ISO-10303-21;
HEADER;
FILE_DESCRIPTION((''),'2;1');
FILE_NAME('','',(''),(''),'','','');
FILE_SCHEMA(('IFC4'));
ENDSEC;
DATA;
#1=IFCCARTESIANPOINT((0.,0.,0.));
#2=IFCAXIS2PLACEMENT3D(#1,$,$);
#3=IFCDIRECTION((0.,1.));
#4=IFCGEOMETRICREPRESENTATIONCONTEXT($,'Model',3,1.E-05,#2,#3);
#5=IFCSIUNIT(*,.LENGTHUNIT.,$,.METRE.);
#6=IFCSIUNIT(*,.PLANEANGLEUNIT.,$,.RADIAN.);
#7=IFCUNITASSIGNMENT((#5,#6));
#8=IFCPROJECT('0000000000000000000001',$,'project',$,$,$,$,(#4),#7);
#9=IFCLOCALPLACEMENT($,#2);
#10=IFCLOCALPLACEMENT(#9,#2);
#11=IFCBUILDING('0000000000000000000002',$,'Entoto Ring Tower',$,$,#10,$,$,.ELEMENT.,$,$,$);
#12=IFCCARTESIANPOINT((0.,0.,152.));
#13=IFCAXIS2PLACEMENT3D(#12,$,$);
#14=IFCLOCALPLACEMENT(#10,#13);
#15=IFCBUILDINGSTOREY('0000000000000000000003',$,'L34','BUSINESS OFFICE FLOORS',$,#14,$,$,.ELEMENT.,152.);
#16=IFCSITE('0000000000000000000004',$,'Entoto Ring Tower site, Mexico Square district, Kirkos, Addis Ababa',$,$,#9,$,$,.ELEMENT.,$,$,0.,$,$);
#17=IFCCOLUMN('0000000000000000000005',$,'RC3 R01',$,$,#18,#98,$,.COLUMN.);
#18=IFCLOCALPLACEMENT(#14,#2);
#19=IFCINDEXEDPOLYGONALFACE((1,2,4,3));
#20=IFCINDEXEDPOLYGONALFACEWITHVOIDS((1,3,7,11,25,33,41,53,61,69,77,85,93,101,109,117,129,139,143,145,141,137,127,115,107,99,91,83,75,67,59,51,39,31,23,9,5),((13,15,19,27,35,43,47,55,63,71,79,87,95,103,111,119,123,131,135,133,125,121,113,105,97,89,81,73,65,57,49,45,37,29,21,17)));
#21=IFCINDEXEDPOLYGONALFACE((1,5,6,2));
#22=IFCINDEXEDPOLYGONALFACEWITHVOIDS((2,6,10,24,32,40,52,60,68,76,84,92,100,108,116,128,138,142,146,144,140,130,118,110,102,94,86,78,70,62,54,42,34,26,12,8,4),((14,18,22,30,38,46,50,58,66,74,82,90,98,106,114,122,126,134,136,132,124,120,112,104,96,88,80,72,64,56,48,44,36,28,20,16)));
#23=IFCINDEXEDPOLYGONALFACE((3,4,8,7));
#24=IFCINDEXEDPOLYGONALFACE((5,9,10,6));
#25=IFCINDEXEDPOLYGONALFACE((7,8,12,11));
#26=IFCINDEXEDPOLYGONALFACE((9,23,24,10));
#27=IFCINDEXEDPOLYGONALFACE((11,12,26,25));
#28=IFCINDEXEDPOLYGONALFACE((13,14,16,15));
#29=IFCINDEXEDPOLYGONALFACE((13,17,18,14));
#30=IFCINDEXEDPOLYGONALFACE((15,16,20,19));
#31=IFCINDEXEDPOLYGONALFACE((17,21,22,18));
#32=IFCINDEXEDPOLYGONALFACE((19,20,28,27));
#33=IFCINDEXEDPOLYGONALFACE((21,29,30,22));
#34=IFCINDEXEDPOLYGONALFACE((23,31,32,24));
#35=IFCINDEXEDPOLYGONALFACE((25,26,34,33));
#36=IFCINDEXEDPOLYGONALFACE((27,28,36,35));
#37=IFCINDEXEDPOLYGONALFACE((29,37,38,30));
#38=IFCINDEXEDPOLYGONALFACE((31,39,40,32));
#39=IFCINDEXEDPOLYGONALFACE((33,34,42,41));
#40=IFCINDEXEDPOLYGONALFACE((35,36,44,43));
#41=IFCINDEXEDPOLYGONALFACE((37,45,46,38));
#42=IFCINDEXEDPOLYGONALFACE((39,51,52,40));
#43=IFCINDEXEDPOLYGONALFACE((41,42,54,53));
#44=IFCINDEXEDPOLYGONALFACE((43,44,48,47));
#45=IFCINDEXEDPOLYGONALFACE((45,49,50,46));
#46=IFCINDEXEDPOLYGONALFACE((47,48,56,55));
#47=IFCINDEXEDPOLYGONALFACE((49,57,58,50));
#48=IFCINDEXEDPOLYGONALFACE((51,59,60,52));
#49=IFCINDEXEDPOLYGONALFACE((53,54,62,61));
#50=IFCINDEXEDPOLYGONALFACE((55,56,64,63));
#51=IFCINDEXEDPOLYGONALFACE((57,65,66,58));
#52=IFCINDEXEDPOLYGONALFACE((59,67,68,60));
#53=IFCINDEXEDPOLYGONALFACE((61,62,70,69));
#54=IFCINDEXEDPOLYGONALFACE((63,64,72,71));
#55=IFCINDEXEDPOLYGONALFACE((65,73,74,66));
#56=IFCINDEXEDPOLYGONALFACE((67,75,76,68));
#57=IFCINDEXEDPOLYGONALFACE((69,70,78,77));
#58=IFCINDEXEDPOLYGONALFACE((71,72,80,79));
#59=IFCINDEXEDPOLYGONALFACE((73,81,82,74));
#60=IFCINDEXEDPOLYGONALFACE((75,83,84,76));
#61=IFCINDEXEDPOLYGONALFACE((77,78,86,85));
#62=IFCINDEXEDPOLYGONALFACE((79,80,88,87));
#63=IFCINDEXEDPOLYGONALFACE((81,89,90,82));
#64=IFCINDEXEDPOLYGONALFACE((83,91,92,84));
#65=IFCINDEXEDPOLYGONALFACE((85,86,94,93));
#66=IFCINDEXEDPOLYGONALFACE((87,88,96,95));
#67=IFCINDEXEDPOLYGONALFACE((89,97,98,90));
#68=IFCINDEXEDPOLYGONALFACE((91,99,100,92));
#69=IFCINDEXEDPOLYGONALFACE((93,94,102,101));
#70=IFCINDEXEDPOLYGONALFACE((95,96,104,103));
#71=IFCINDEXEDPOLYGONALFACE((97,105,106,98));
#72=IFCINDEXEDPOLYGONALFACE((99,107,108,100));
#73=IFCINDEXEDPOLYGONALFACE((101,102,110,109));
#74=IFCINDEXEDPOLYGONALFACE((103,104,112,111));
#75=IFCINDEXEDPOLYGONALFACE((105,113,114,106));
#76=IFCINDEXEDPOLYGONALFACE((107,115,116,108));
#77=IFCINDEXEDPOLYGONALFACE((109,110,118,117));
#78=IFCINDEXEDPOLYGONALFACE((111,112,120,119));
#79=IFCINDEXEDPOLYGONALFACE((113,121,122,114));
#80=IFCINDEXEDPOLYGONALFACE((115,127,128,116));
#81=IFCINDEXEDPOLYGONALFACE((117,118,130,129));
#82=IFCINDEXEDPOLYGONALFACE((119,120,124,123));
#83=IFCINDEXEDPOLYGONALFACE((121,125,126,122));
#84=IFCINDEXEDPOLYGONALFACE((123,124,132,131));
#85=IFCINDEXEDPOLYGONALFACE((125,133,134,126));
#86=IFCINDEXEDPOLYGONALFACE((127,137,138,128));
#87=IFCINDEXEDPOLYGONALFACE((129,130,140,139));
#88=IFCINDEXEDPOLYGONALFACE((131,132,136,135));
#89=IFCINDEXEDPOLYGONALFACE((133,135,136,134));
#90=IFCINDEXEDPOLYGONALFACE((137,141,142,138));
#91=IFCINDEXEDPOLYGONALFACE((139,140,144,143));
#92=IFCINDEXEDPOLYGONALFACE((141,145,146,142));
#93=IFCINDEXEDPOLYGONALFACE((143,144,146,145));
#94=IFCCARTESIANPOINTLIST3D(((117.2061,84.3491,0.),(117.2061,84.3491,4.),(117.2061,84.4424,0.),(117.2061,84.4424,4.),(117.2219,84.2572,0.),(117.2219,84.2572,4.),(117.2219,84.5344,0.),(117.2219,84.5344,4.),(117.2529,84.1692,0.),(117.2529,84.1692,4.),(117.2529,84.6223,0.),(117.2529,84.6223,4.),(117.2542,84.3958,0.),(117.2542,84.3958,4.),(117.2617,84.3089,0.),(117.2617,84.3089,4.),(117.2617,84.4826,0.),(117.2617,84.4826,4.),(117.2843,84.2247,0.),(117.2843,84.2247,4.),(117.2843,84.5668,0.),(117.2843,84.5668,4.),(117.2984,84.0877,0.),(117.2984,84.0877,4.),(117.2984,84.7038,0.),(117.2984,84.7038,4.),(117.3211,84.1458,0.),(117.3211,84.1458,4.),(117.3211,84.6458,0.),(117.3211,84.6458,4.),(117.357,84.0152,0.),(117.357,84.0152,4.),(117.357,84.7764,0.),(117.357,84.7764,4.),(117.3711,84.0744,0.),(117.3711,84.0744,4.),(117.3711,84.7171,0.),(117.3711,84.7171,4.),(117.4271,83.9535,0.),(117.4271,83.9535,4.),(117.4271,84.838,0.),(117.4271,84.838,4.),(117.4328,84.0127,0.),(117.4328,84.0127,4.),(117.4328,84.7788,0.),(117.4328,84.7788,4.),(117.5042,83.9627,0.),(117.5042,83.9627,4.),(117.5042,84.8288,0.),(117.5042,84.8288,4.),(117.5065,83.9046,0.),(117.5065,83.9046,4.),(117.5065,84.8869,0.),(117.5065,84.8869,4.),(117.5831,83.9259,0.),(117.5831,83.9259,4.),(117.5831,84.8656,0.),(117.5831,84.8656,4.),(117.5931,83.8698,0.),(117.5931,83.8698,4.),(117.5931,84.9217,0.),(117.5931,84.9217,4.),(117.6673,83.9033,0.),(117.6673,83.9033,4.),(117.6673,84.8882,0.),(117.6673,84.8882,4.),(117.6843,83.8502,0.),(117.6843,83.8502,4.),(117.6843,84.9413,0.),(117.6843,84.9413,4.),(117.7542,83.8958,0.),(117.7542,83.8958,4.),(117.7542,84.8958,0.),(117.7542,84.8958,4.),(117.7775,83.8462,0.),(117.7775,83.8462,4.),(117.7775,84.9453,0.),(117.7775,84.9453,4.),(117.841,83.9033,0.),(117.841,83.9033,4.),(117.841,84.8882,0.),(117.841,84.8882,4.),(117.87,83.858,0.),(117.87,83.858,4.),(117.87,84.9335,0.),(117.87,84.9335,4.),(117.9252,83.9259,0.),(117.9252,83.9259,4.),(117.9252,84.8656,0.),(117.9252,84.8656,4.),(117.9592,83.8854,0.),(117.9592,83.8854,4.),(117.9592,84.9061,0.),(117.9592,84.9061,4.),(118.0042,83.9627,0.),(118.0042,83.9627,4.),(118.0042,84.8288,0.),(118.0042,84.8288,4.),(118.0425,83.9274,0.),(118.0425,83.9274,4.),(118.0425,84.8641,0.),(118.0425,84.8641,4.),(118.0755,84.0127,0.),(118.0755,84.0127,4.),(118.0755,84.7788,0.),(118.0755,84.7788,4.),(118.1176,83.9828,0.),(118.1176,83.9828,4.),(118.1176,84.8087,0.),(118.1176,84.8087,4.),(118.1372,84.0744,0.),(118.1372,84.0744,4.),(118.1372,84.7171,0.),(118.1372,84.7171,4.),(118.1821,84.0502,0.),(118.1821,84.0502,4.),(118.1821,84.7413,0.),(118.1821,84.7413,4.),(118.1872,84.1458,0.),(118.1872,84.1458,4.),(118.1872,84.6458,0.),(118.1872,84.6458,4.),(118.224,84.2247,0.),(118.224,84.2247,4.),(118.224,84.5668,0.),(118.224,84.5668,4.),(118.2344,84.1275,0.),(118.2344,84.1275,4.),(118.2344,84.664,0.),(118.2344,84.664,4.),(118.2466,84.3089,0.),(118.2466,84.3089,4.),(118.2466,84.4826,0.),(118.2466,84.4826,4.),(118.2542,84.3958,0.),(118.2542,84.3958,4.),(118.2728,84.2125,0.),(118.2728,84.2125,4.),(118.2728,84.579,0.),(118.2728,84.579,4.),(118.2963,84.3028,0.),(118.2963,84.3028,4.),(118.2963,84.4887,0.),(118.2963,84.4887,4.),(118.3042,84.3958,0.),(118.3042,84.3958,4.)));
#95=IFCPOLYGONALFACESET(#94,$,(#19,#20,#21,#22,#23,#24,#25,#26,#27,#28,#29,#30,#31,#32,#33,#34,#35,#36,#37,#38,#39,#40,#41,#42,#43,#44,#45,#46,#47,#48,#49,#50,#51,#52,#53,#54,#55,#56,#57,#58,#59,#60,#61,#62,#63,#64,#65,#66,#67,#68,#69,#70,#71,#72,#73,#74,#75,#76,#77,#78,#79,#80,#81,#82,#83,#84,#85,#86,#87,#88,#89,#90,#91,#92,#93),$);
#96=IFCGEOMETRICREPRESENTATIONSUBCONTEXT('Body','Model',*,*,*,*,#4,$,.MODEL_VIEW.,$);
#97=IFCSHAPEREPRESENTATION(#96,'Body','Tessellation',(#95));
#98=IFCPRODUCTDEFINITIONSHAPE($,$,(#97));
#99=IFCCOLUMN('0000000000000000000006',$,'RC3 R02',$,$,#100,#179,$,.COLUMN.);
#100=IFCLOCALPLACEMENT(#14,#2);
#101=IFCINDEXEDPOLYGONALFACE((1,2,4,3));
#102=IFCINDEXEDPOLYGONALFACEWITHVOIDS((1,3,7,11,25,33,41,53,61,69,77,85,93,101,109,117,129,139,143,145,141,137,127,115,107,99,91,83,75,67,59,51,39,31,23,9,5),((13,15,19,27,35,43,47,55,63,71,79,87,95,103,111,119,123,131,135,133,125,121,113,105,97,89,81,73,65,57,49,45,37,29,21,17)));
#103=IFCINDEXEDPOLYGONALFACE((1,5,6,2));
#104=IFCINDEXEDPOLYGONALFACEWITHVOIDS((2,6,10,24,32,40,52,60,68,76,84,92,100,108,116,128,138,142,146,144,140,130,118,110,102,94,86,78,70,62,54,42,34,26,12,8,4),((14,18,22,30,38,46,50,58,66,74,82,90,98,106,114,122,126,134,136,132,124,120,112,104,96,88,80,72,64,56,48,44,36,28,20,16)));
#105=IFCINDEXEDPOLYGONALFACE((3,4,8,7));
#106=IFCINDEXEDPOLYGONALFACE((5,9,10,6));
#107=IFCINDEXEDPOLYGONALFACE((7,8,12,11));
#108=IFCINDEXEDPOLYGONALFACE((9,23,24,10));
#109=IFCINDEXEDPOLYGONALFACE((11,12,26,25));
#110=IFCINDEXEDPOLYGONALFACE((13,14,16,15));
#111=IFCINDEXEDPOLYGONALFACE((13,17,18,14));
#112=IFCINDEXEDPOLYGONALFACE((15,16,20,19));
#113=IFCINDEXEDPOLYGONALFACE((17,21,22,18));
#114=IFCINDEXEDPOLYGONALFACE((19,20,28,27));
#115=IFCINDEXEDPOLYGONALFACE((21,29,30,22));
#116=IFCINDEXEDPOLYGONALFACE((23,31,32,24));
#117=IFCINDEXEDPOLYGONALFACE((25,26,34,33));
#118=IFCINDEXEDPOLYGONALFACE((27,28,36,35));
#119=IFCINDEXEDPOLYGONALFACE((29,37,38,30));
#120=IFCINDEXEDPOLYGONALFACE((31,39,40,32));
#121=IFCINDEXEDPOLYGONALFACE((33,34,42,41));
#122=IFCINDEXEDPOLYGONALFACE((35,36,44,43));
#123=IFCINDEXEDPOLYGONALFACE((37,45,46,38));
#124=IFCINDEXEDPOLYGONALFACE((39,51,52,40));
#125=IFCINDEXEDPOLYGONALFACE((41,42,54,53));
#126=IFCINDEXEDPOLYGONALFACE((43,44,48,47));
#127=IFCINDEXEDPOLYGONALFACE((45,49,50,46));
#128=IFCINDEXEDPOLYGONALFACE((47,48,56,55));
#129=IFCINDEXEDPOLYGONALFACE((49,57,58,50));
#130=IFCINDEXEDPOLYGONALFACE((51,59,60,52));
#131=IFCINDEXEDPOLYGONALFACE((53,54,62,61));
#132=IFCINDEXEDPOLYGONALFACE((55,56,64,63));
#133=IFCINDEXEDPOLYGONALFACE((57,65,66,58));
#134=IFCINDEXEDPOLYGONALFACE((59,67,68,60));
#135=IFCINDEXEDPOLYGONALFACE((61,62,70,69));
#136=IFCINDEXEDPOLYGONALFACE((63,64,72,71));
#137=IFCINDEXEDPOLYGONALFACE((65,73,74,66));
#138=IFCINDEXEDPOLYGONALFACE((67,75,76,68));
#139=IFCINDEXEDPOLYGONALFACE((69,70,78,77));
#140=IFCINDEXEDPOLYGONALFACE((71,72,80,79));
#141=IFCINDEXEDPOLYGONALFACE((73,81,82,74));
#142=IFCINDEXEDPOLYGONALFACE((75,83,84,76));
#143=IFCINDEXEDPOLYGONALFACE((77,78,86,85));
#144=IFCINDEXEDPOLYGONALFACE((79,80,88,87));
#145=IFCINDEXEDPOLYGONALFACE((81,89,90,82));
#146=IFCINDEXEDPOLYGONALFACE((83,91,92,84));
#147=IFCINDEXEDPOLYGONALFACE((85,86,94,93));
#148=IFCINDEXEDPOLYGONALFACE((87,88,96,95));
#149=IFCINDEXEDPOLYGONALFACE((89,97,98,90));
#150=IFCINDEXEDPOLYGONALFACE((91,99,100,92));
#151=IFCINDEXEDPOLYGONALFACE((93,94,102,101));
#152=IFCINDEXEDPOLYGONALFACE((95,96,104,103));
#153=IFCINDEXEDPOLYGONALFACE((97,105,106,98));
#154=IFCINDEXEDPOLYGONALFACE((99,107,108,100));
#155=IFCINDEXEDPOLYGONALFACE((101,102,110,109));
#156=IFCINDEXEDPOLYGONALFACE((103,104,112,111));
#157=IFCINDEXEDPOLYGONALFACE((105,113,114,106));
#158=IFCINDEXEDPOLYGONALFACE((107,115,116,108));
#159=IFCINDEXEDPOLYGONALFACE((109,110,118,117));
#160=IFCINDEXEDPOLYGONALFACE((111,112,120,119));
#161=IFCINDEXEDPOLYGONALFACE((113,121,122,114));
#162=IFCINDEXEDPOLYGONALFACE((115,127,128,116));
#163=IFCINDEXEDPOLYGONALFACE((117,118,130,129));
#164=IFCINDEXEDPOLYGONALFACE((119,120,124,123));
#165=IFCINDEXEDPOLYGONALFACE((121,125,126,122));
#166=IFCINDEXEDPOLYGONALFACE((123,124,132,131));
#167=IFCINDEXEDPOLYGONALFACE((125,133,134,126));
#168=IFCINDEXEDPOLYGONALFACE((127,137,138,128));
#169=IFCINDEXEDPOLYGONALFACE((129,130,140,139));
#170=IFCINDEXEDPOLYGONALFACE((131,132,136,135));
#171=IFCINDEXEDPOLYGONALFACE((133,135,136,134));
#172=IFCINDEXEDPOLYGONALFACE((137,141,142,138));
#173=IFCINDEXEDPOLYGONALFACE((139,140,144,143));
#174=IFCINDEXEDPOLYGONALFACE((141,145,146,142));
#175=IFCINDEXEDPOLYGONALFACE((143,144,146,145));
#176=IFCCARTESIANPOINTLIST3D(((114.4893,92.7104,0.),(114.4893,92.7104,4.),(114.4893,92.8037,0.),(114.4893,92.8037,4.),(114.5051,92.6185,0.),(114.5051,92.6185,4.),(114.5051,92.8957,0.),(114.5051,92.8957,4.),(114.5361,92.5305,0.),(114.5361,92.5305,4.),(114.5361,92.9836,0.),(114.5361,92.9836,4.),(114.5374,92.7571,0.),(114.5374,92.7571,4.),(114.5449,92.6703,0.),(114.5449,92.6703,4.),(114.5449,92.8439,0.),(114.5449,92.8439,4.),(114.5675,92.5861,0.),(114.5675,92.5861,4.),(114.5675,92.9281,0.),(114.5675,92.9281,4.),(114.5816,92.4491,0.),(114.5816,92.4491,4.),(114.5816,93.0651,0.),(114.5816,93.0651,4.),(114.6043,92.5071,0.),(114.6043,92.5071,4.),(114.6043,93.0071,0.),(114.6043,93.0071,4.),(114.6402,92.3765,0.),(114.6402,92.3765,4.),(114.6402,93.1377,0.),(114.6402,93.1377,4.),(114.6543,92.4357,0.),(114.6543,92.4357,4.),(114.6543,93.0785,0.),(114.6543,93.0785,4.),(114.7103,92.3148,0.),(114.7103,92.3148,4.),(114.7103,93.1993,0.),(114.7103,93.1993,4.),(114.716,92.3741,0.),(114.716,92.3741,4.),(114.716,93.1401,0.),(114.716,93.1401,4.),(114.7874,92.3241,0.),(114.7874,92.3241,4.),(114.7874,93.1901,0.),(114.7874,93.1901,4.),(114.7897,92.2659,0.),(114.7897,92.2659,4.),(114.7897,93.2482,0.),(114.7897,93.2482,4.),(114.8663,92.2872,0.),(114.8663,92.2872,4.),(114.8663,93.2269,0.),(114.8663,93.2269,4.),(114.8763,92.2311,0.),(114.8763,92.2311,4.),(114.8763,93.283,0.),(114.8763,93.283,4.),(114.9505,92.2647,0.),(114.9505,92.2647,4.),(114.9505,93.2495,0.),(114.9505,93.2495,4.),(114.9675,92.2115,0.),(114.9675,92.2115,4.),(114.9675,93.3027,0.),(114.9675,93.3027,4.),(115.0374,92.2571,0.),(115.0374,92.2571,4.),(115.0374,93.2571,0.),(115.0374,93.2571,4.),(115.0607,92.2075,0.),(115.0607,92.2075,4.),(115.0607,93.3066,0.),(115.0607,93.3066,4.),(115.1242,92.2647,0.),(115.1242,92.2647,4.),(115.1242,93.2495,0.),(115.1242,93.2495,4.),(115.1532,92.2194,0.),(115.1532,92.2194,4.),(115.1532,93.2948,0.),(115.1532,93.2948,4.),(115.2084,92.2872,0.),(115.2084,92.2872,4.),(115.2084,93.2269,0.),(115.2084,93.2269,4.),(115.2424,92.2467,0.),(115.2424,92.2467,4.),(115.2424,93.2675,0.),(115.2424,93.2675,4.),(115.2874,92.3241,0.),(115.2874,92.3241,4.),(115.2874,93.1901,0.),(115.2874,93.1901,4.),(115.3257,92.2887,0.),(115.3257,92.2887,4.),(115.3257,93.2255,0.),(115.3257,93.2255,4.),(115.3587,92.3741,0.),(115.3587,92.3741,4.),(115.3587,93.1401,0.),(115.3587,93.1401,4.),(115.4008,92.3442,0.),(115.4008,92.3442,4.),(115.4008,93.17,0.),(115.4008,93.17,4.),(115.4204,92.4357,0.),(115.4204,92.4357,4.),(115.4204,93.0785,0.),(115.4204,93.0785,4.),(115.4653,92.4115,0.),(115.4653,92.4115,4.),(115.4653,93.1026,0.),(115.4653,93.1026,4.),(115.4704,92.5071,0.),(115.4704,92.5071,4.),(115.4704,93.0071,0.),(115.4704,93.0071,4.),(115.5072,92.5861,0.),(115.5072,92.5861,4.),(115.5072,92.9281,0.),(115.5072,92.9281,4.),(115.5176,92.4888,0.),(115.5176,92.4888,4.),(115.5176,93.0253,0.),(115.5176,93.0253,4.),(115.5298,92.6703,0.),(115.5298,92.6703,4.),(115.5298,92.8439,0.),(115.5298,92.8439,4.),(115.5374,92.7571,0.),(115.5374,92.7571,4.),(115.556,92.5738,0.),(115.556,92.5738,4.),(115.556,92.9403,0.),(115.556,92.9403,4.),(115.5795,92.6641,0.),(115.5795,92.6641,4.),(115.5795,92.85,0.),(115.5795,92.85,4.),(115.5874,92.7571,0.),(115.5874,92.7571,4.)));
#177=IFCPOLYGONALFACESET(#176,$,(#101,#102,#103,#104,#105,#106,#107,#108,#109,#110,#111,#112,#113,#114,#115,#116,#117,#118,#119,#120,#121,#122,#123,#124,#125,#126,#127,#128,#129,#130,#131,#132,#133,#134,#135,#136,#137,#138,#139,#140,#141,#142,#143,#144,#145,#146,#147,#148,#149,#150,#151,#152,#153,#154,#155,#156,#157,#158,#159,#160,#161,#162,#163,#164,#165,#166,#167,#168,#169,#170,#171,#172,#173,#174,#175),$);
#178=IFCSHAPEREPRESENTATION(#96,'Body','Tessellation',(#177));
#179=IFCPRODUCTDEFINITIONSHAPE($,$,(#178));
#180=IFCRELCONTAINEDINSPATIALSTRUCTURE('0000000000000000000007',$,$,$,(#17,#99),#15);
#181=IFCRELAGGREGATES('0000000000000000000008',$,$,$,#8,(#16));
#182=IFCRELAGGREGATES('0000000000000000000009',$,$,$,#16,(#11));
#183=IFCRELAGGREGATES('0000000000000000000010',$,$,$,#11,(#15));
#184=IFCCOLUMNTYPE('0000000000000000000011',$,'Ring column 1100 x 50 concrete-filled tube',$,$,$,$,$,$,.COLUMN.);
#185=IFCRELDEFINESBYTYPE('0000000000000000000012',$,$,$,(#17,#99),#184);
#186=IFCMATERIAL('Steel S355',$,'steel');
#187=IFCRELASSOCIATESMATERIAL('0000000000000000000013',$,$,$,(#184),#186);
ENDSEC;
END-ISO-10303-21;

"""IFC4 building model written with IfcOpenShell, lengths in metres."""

from ifc_helpers import new_model, si_unit, direction, frame, origin, origin_2d, place, context, subcontext, project, spatial, circle, hollow_circle, extrude, material, material_profile, profile_set, type_object, element, save


model = new_model("IFC4")

# Units and contexts
model_context = context("Model", 3, precision=1e-05, world=origin(), true_north=direction((0.0, 1.0)))
body_context = subcontext(model_context, "Body", "Model", "MODEL_VIEW")
ifc_project = project(units=[si_unit("LENGTHUNIT", "METRE"), si_unit("PLANEANGLEUNIT", "RADIAN")], contexts=[model_context])

# Site, building, storey
site_placement = place(None, origin())
site = spatial("IfcSite", under=ifc_project, at=site_placement, Name="Entoto Ring Tower site, Mexico Square district, Kirkos, Addis Ababa", CompositionType="ELEMENT", RefElevation=0.0)
building_placement = place(site_placement, origin())
building = spatial("IfcBuilding", under=site, at=building_placement, Name="Entoto Ring Tower", CompositionType="ELEMENT")
storey_placement = place(building_placement, frame((0.0, 0.0, 152.0)))
storey = spatial("IfcBuildingStorey", under=building, at=storey_placement, Name="L34", Description="BUSINESS OFFICE FLOORS", CompositionType="ELEMENT", Elevation=152.0)

# Columns
ifc_material_1 = material(Name="Steel S355", Category="steel")
ifc_material_profile_1 = material_profile(ifc_material_1, hollow_circle(Radius=0.55, WallThickness=0.05, at=origin_2d()), Name="CHS 1100 x 50")
ifc_material_2 = material(Name="Concrete C60/75", Category="concrete")
ifc_material_profile_2 = material_profile(ifc_material_2, circle(Radius=0.5, at=origin_2d()), Name="Concrete C60/75 infill")
ifc_profile_set_1 = profile_set([ifc_material_profile_1, ifc_material_profile_2], Name="Steel S355")
column_type = type_object("IfcColumnType", Name="Ring column 1100 x 50 concrete-filled tube", PredefinedType="COLUMN", material=ifc_profile_set_1)
for number, where, z_axis, x_axis, name in (
    (1, (117.7542, 84.3958, 0.0), (0.0, 0.0, 1.0), (1.0, 0.0, 0.0), "RC3 R01"),
    (2, (115.0374, 92.7571, 0.0), (0.0, 0.0, 1.0), (1.0, 0.0, 0.0), "RC3 R02"),
):
    element("IfcColumn", number, at=place(storey_placement, frame(where, z_axis=z_axis, x_axis=x_axis)), inside=storey, type_object=column_type, Name=name, PredefinedType="COLUMN", context=body_context, shape_type="SweptSolid", body=[
        extrude(hollow_circle(Radius=0.55, WallThickness=0.05, at=origin_2d()), origin(), (0.0, 0.0, 1.0), 4.0),
    ])

save(model, "model.ifc")
